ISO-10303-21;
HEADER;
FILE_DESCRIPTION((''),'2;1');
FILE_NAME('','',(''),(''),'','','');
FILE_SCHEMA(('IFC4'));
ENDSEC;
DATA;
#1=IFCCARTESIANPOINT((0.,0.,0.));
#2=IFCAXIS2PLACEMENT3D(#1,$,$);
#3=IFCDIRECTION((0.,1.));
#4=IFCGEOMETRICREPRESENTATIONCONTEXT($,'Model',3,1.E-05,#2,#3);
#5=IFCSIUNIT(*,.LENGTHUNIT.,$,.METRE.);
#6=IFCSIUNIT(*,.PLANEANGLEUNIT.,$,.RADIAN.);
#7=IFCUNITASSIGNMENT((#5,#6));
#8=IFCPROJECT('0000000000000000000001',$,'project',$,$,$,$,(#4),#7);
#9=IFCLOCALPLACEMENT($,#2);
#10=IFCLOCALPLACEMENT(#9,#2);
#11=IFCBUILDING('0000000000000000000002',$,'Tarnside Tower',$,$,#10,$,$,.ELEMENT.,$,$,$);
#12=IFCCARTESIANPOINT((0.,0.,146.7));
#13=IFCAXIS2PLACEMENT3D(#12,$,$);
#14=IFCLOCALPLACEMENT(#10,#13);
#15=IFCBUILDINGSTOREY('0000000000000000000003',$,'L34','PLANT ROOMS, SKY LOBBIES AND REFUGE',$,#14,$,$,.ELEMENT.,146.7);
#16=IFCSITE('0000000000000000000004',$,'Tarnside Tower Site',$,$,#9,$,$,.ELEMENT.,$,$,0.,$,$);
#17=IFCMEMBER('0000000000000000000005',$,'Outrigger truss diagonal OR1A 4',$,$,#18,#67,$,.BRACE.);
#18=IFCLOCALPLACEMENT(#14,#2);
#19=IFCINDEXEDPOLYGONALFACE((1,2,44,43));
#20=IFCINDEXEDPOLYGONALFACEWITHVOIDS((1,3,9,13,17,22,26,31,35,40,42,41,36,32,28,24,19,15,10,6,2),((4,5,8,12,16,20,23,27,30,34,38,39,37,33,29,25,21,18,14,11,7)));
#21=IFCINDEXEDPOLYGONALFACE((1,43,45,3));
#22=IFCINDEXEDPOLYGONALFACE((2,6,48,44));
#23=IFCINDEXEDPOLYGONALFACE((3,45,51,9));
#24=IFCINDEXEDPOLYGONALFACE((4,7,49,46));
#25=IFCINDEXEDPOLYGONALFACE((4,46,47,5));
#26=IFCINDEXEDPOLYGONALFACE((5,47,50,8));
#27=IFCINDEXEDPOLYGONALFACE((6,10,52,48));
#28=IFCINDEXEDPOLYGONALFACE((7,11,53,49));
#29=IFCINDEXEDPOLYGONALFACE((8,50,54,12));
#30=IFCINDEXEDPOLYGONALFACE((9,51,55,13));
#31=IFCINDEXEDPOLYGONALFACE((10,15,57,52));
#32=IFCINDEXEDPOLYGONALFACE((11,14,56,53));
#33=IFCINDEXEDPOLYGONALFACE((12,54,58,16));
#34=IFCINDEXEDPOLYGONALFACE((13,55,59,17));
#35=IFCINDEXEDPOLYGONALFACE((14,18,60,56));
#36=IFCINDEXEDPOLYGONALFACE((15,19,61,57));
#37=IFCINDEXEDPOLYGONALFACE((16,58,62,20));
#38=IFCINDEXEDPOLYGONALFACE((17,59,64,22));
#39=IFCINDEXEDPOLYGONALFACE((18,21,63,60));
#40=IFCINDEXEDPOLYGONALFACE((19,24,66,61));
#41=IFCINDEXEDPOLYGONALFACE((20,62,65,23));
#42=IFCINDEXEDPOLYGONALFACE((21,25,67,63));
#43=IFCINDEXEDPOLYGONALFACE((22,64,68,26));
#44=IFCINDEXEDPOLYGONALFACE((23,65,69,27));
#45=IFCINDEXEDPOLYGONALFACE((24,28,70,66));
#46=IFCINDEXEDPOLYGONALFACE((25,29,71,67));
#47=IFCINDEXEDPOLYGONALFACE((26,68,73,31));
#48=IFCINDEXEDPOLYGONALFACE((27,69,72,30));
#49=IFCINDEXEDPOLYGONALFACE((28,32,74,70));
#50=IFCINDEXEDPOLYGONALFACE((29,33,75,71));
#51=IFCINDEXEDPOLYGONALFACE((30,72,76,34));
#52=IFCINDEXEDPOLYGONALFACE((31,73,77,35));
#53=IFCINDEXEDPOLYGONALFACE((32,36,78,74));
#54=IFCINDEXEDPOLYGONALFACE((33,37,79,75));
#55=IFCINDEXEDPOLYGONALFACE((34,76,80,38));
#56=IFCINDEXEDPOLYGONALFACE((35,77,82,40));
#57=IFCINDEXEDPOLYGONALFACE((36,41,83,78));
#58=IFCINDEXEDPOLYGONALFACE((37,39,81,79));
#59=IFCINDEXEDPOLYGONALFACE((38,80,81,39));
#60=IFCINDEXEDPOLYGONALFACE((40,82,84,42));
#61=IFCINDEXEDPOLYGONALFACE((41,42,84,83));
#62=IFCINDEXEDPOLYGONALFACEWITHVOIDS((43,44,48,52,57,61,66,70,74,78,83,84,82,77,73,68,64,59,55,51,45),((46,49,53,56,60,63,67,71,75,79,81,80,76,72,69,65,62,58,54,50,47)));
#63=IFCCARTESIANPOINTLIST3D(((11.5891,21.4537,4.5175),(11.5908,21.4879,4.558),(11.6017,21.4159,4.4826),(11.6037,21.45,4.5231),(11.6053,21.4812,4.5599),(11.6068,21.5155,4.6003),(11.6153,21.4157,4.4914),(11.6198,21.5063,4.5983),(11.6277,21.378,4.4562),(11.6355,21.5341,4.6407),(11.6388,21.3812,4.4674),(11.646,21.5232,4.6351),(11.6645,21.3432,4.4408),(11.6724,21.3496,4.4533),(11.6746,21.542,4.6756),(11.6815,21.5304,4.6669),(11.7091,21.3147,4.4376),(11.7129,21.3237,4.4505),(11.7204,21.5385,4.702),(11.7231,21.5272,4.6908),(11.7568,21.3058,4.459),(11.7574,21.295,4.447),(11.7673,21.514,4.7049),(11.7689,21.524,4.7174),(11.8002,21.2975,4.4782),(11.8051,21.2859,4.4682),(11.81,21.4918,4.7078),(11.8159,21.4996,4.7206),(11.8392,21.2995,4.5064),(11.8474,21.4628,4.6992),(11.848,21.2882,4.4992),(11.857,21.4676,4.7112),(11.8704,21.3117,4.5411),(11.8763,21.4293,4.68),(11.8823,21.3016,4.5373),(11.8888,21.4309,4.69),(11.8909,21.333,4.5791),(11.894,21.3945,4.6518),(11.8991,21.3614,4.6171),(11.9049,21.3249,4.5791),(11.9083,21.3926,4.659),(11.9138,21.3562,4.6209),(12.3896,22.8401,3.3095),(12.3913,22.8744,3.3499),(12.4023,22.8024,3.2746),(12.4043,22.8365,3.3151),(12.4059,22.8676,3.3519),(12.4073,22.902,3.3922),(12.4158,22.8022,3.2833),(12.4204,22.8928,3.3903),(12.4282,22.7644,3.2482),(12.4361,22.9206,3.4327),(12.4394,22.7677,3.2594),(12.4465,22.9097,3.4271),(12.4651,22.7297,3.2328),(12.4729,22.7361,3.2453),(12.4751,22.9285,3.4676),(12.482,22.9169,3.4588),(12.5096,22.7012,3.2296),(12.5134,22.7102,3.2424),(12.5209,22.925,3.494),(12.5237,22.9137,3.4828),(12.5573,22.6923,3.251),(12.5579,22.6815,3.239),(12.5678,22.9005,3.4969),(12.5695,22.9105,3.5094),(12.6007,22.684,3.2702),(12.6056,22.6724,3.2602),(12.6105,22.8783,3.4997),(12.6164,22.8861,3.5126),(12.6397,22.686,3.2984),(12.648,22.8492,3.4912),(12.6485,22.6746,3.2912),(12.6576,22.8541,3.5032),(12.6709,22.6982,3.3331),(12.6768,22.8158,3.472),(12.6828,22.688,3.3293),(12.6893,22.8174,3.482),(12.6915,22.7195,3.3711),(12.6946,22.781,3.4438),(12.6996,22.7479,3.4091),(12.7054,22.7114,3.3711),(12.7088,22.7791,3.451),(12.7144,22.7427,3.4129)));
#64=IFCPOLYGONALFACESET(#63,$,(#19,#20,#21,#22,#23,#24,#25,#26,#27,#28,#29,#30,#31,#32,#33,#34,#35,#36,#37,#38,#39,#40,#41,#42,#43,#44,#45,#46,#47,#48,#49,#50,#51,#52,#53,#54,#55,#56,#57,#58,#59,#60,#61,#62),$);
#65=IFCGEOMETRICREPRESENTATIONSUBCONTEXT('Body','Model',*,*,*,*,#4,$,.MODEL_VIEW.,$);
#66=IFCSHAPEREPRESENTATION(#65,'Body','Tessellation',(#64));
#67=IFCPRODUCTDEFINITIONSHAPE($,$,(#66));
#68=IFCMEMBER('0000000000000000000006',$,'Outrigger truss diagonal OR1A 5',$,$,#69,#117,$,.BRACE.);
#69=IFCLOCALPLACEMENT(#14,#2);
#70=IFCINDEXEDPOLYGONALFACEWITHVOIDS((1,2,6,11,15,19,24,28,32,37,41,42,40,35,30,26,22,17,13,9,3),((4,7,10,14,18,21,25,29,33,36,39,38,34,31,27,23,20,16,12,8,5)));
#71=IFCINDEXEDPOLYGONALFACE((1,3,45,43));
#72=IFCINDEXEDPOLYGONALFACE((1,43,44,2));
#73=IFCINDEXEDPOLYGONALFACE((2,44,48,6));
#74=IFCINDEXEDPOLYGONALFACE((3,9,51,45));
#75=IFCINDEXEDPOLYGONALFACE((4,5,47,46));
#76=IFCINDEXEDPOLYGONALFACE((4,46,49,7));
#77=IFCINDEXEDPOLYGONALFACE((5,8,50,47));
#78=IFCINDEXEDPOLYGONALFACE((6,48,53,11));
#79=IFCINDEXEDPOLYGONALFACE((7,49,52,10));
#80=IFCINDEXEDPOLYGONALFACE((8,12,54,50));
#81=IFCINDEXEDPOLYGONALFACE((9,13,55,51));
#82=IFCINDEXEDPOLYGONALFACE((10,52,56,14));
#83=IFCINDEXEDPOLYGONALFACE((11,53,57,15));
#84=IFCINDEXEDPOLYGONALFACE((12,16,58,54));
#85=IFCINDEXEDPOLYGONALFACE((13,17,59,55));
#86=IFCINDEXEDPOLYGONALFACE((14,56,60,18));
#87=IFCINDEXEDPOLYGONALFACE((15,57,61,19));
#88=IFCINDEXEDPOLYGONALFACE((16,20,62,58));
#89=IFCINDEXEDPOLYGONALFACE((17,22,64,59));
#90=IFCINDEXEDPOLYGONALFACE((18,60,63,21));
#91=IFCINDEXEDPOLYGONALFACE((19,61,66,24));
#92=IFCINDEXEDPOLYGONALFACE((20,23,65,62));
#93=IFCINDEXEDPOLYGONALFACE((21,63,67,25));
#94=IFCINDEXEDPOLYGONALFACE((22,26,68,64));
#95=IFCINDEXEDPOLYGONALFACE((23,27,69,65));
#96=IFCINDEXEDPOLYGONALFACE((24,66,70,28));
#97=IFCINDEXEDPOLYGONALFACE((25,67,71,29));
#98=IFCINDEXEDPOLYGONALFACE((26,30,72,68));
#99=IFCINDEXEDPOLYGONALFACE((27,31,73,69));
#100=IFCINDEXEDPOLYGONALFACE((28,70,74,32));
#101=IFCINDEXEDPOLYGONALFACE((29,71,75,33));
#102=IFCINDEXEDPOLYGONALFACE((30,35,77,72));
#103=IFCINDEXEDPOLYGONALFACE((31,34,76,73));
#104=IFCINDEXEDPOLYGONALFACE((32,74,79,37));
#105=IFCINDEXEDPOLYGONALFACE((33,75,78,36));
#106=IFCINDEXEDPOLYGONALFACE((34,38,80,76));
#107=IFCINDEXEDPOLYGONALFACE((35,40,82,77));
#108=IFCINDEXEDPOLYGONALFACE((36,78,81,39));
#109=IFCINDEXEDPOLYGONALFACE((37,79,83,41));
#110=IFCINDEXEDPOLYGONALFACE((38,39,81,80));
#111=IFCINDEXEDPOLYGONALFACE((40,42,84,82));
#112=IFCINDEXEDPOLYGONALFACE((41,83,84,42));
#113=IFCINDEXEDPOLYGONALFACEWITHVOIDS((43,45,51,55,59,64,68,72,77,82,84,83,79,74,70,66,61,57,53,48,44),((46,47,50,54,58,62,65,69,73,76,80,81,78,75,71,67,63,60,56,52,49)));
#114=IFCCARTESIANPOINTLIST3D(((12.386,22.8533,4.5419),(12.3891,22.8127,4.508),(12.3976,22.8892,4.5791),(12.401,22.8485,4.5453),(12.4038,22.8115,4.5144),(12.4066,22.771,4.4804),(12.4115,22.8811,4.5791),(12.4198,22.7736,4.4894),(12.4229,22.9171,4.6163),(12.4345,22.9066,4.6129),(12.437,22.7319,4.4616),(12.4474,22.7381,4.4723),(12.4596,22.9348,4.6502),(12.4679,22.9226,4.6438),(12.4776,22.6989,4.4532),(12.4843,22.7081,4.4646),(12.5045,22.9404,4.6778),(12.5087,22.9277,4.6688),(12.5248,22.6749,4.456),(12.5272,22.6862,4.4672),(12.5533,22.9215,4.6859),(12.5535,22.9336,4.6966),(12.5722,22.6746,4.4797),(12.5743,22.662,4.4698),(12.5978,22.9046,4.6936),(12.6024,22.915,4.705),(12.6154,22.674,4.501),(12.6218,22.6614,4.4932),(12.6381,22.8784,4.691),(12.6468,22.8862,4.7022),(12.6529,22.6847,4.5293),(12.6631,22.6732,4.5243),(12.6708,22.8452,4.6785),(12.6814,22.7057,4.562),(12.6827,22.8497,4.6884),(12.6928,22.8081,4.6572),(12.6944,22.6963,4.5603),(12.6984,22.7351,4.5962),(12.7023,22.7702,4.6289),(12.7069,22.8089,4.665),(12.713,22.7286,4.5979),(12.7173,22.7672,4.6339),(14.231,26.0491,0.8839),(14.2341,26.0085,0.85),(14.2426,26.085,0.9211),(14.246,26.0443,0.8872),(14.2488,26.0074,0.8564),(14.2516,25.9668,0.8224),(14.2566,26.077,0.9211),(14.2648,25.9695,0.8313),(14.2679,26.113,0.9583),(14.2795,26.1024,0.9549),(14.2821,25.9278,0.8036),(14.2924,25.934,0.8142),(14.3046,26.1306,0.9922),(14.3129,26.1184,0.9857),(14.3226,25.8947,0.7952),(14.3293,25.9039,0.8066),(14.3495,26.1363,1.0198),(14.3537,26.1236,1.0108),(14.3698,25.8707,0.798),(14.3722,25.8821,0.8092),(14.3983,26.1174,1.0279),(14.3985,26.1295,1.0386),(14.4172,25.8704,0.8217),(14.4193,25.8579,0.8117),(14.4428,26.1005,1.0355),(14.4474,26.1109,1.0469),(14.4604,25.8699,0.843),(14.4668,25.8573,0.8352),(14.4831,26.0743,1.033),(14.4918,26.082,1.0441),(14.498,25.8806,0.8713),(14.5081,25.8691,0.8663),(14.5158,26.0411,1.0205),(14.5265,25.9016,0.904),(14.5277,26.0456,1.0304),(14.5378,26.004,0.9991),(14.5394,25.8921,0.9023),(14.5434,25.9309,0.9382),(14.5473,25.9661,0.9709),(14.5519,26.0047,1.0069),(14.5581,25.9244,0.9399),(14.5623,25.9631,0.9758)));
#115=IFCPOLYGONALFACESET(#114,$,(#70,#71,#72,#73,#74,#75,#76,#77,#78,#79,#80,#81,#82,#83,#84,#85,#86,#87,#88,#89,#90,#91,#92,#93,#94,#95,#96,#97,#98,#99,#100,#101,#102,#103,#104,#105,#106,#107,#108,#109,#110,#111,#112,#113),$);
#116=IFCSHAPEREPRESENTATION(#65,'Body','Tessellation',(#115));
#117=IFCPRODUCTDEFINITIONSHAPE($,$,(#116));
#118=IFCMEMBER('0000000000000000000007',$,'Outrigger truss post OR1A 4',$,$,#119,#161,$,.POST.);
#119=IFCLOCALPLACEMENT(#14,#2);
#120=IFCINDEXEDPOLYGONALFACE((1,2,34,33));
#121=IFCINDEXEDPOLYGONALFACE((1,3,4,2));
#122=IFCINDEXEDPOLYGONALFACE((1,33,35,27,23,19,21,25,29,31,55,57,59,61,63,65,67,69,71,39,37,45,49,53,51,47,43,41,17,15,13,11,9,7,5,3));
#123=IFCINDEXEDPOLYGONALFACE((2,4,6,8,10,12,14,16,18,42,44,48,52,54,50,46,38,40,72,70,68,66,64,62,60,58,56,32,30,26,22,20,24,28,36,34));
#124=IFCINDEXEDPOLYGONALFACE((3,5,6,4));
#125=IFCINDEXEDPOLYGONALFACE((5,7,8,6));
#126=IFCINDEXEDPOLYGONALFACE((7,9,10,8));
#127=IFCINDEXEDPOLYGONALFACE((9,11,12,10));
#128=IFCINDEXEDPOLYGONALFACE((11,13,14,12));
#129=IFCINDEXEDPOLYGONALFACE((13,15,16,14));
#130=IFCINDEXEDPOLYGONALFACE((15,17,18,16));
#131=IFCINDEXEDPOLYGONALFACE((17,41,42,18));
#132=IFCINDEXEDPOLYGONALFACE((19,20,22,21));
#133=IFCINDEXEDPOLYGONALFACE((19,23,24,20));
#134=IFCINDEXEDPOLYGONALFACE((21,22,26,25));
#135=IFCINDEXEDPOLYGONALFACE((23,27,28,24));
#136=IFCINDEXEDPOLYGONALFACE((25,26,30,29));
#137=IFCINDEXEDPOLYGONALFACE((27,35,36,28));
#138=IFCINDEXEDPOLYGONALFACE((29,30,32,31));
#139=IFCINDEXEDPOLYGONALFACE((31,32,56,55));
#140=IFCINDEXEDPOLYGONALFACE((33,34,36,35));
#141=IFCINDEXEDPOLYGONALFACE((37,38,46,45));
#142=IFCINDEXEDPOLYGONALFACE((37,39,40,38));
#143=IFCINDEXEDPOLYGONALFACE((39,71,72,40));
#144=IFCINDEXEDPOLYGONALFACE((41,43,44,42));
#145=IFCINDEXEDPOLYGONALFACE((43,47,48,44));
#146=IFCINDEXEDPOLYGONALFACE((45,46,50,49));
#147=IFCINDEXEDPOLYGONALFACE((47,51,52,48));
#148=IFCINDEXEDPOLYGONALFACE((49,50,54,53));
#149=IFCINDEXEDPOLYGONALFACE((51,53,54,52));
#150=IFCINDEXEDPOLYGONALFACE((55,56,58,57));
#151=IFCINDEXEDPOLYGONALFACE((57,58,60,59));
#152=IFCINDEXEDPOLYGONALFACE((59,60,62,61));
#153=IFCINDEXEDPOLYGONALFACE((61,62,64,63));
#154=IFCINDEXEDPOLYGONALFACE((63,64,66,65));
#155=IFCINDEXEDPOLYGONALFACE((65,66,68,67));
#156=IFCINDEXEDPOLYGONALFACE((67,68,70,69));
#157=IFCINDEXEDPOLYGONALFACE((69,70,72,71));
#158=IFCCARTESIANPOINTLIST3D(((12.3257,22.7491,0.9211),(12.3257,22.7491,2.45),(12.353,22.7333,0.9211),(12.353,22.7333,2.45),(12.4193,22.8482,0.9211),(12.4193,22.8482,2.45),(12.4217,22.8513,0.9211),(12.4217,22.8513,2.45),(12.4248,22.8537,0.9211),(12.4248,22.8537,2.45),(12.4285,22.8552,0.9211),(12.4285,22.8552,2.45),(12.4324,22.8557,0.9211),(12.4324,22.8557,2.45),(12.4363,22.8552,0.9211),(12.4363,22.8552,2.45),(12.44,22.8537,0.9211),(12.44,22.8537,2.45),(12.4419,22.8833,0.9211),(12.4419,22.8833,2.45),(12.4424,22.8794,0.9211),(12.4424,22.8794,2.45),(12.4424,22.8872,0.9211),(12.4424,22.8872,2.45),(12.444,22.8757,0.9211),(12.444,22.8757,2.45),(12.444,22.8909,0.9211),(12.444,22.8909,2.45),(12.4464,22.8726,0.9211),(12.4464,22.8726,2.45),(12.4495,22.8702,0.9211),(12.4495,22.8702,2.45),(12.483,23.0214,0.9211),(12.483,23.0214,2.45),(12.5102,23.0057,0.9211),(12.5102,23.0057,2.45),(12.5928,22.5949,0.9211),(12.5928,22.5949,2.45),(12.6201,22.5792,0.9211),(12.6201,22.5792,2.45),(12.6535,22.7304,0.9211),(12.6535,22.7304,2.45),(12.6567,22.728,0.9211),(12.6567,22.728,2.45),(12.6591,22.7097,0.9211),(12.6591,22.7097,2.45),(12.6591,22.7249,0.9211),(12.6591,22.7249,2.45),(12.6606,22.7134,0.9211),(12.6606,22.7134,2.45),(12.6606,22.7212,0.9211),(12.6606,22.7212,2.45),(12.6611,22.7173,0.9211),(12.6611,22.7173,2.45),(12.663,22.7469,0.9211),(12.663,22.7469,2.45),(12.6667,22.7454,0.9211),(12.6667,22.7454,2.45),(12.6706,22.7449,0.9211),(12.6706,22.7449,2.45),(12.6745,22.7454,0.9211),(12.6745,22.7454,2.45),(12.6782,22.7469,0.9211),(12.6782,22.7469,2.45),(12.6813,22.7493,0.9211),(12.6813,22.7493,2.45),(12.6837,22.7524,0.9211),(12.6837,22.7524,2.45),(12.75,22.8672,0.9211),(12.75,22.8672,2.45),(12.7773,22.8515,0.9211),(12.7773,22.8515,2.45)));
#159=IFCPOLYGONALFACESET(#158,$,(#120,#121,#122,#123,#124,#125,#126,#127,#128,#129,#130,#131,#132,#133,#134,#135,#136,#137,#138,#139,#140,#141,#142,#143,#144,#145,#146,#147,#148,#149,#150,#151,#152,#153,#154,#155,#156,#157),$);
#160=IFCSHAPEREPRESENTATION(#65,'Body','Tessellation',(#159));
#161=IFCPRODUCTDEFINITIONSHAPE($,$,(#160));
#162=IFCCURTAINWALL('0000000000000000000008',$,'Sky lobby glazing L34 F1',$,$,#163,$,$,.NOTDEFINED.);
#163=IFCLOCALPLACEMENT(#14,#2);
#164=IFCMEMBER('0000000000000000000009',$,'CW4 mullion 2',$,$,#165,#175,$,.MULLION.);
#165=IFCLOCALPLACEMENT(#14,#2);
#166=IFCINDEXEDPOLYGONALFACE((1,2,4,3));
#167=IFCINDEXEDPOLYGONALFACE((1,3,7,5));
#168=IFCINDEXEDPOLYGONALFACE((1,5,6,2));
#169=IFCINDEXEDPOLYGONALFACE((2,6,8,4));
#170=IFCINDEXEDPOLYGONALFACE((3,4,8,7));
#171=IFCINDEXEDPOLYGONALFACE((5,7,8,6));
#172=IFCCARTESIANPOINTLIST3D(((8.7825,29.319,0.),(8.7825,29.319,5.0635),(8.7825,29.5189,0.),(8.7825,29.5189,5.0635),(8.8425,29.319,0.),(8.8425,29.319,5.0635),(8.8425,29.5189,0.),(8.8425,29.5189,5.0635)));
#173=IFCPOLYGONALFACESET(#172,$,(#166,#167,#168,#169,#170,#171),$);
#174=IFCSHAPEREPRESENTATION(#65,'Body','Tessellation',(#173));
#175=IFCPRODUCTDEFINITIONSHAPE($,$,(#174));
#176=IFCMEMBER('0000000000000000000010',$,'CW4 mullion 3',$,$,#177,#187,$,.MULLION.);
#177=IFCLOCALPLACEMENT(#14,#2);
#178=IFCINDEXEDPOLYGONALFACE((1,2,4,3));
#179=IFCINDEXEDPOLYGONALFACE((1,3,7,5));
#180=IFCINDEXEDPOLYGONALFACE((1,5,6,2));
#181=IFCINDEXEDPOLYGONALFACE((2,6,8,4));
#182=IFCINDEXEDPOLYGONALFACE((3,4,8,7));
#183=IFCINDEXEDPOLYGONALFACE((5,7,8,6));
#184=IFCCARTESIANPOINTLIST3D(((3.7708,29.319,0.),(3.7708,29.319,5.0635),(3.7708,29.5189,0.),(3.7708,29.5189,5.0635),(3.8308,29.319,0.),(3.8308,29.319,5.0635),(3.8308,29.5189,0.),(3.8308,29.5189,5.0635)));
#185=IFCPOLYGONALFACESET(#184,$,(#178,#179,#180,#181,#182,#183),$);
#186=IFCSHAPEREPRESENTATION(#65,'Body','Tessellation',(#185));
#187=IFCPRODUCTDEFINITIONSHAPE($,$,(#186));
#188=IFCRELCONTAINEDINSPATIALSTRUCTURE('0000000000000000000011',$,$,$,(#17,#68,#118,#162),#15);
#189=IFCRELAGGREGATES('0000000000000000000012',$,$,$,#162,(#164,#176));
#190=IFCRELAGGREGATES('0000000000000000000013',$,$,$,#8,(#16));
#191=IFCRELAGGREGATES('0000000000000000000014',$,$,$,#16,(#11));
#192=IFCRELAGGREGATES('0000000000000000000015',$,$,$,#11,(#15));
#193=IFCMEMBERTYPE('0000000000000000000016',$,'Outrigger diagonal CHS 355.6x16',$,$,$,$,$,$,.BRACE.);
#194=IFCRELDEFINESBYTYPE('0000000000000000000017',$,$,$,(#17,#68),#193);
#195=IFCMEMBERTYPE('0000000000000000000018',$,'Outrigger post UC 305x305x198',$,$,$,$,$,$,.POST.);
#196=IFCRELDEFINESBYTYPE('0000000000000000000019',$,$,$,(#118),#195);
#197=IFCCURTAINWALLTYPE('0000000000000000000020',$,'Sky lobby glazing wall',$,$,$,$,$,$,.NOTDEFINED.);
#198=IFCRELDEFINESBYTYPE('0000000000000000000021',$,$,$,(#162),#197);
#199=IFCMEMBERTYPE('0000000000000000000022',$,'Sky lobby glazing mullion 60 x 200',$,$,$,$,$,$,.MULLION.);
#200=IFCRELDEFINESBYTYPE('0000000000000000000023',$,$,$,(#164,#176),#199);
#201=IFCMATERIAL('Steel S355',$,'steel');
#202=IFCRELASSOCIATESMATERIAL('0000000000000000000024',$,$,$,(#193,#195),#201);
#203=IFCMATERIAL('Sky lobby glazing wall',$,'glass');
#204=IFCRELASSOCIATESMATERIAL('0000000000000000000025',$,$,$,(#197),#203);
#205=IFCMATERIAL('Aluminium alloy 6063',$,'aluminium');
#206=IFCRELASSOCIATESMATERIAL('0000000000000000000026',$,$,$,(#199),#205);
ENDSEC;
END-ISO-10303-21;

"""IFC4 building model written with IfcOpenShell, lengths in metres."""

from ifc_helpers import new_model, si_unit, direction, frame, origin, origin_2d, place, context, subcontext, project, spatial, rectangle, hollow_circle, i_section, extrude, material, material_profile, profile_set, type_object, element, aggregate, save


model = new_model("IFC4")

# Units and contexts
model_context = context("Model", 3, precision=1e-05, world=origin(), true_north=direction((0.0, 1.0)))
body_context = subcontext(model_context, "Body", "Model", "MODEL_VIEW")
ifc_project = project(units=[si_unit("LENGTHUNIT", "METRE"), si_unit("PLANEANGLEUNIT", "RADIAN")], contexts=[model_context])

# Site, building, storey
site_placement = place(None, origin())
site = spatial("IfcSite", under=ifc_project, at=site_placement, Name="Tarnside Tower Site", CompositionType="ELEMENT", RefElevation=0.0)
building_placement = place(site_placement, origin())
building = spatial("IfcBuilding", under=site, at=building_placement, Name="Tarnside Tower", CompositionType="ELEMENT")
storey_placement = place(building_placement, frame((0.0, 0.0, 146.7)))
storey = spatial("IfcBuildingStorey", under=building, at=storey_placement, Name="L34", Description="PLANT ROOMS, SKY LOBBIES AND REFUGE", CompositionType="ELEMENT", Elevation=146.7)

# Shared definitions
ifc_material_1 = material(Name="Steel S355", Category="steel")

# Members
ifc_material_profile_1 = material_profile(ifc_material_1, hollow_circle(Radius=0.1777, WallThickness=0.0161, at=origin_2d()), Name="CHS 355.6x16")
ifc_profile_set_1 = profile_set([ifc_material_profile_1], Name="Steel S355")
member_type_1 = type_object("IfcMemberType", Name="Outrigger diagonal CHS 355.6x16", PredefinedType="BRACE", material=ifc_profile_set_1)
member_1_placement = place(storey_placement, frame((12.5515, 22.8003, 3.3711), z_axis=(-0.39915, -0.6913, 0.602316), x_axis=(0.86601, -0.500026, 0.0)))
element("IfcMember", 1, at=member_1_placement, inside=storey, type_object=member_type_1, Name="Outrigger truss diagonal OR1A 4", PredefinedType="BRACE", context=body_context, shape_type="SweptSolid", body=[
    extrude(hollow_circle(Radius=0.1777, WallThickness=0.0161, at=origin_2d()), origin(), (0.0, 0.0, 1.0), 2.0056),
])
member_2_placement = place(storey_placement, frame((12.5515, 22.8003, 4.5791), z_axis=(0.35508, 0.615058, -0.704004), x_axis=(-0.86604, 0.499974, 0.0)))
element("IfcMember", 2, at=member_2_placement, inside=storey, type_object=member_type_1, Name="Outrigger truss diagonal OR1A 5", PredefinedType="BRACE", context=body_context, shape_type="SweptSolid", body=[
    extrude(hollow_circle(Radius=0.1777, WallThickness=0.0161, at=origin_2d()), origin(), (0.0, 0.0, 1.0), 5.196),
])
ifc_material_profile_2 = material_profile(ifc_material_1, i_section(OverallWidth=0.3145, OverallDepth=0.3398, WebThickness=0.019, FlangeThickness=0.0315, FilletRadius=0.0151, at=origin_2d()), Name="UC 305x305x198")
ifc_profile_set_2 = profile_set([ifc_material_profile_2], Name="Steel S355")
member_type_2 = type_object("IfcMemberType", Name="Outrigger post UC 305x305x198", PredefinedType="POST", material=ifc_profile_set_2)
member_3_placement = place(storey_placement, frame((12.5515, 22.8003, 0.9211), z_axis=(0.0, 0.0, 1.0), x_axis=(0.5, 0.866025, 0.0)))
element("IfcMember", 3, at=member_3_placement, inside=storey, type_object=member_type_2, Name="Outrigger truss post OR1A 4", PredefinedType="POST", context=body_context, shape_type="SweptSolid", body=[
    extrude(i_section(OverallWidth=0.3145, OverallDepth=0.3398, WebThickness=0.019, FlangeThickness=0.0315, FilletRadius=0.0151, at=origin_2d()), origin(), (0.0, 0.0, 1.0), 1.5288),
])

# Curtain wall, members
ifc_material_2 = material(Name="Sky lobby glazing wall", Category="glass")
curtain_wall_type = type_object("IfcCurtainWallType", Name="Sky lobby glazing wall", PredefinedType="NOTDEFINED", material=ifc_material_2)
curtain_wall_placement = place(storey_placement, origin())
curtain_wall = element("IfcCurtainWall", 4, at=curtain_wall_placement, inside=storey, type_object=curtain_wall_type, Name="Sky lobby glazing L34 F1", PredefinedType="NOTDEFINED")
ifc_material_3 = material(Name="Aluminium alloy 6063", Category="aluminium")
ifc_material_profile_3 = material_profile(ifc_material_3, rectangle(XDim=0.2, YDim=0.0601, at=origin_2d()), Name="Sky lobby glazing mullion 60 x 200")
ifc_profile_set_3 = profile_set([ifc_material_profile_3], Name="Aluminium alloy 6063")
member_type_3 = type_object("IfcMemberType", Name="Sky lobby glazing mullion 60 x 200", PredefinedType="MULLION", material=ifc_profile_set_3)
member_4_placement = place(storey_placement, frame((8.8125, 29.4189, 0.0), z_axis=(0.0, 0.0, 1.0), x_axis=(0.0, -1.0, 0.0)))
member_4 = element("IfcMember", 5, at=member_4_placement, type_object=member_type_3, Name="CW4 mullion 2", PredefinedType="MULLION", context=body_context, shape_type="SweptSolid", body=[
    extrude(rectangle(XDim=0.2, YDim=0.0601, at=origin_2d()), origin(), (0.0, 0.0, 1.0), 5.0635),
])
member_5_placement = place(storey_placement, frame((3.8008, 29.4189, 0.0), z_axis=(0.0, 0.0, 1.0), x_axis=(0.0, -1.0, 0.0)))
member_5 = element("IfcMember", 6, at=member_5_placement, type_object=member_type_3, Name="CW4 mullion 3", PredefinedType="MULLION", context=body_context, shape_type="SweptSolid", body=[
    extrude(rectangle(XDim=0.2, YDim=0.0601, at=origin_2d()), origin(), (0.0, 0.0, 1.0), 5.0635),
])

aggregate(curtain_wall, [member_4, member_5])

save(model, "model.ifc")
